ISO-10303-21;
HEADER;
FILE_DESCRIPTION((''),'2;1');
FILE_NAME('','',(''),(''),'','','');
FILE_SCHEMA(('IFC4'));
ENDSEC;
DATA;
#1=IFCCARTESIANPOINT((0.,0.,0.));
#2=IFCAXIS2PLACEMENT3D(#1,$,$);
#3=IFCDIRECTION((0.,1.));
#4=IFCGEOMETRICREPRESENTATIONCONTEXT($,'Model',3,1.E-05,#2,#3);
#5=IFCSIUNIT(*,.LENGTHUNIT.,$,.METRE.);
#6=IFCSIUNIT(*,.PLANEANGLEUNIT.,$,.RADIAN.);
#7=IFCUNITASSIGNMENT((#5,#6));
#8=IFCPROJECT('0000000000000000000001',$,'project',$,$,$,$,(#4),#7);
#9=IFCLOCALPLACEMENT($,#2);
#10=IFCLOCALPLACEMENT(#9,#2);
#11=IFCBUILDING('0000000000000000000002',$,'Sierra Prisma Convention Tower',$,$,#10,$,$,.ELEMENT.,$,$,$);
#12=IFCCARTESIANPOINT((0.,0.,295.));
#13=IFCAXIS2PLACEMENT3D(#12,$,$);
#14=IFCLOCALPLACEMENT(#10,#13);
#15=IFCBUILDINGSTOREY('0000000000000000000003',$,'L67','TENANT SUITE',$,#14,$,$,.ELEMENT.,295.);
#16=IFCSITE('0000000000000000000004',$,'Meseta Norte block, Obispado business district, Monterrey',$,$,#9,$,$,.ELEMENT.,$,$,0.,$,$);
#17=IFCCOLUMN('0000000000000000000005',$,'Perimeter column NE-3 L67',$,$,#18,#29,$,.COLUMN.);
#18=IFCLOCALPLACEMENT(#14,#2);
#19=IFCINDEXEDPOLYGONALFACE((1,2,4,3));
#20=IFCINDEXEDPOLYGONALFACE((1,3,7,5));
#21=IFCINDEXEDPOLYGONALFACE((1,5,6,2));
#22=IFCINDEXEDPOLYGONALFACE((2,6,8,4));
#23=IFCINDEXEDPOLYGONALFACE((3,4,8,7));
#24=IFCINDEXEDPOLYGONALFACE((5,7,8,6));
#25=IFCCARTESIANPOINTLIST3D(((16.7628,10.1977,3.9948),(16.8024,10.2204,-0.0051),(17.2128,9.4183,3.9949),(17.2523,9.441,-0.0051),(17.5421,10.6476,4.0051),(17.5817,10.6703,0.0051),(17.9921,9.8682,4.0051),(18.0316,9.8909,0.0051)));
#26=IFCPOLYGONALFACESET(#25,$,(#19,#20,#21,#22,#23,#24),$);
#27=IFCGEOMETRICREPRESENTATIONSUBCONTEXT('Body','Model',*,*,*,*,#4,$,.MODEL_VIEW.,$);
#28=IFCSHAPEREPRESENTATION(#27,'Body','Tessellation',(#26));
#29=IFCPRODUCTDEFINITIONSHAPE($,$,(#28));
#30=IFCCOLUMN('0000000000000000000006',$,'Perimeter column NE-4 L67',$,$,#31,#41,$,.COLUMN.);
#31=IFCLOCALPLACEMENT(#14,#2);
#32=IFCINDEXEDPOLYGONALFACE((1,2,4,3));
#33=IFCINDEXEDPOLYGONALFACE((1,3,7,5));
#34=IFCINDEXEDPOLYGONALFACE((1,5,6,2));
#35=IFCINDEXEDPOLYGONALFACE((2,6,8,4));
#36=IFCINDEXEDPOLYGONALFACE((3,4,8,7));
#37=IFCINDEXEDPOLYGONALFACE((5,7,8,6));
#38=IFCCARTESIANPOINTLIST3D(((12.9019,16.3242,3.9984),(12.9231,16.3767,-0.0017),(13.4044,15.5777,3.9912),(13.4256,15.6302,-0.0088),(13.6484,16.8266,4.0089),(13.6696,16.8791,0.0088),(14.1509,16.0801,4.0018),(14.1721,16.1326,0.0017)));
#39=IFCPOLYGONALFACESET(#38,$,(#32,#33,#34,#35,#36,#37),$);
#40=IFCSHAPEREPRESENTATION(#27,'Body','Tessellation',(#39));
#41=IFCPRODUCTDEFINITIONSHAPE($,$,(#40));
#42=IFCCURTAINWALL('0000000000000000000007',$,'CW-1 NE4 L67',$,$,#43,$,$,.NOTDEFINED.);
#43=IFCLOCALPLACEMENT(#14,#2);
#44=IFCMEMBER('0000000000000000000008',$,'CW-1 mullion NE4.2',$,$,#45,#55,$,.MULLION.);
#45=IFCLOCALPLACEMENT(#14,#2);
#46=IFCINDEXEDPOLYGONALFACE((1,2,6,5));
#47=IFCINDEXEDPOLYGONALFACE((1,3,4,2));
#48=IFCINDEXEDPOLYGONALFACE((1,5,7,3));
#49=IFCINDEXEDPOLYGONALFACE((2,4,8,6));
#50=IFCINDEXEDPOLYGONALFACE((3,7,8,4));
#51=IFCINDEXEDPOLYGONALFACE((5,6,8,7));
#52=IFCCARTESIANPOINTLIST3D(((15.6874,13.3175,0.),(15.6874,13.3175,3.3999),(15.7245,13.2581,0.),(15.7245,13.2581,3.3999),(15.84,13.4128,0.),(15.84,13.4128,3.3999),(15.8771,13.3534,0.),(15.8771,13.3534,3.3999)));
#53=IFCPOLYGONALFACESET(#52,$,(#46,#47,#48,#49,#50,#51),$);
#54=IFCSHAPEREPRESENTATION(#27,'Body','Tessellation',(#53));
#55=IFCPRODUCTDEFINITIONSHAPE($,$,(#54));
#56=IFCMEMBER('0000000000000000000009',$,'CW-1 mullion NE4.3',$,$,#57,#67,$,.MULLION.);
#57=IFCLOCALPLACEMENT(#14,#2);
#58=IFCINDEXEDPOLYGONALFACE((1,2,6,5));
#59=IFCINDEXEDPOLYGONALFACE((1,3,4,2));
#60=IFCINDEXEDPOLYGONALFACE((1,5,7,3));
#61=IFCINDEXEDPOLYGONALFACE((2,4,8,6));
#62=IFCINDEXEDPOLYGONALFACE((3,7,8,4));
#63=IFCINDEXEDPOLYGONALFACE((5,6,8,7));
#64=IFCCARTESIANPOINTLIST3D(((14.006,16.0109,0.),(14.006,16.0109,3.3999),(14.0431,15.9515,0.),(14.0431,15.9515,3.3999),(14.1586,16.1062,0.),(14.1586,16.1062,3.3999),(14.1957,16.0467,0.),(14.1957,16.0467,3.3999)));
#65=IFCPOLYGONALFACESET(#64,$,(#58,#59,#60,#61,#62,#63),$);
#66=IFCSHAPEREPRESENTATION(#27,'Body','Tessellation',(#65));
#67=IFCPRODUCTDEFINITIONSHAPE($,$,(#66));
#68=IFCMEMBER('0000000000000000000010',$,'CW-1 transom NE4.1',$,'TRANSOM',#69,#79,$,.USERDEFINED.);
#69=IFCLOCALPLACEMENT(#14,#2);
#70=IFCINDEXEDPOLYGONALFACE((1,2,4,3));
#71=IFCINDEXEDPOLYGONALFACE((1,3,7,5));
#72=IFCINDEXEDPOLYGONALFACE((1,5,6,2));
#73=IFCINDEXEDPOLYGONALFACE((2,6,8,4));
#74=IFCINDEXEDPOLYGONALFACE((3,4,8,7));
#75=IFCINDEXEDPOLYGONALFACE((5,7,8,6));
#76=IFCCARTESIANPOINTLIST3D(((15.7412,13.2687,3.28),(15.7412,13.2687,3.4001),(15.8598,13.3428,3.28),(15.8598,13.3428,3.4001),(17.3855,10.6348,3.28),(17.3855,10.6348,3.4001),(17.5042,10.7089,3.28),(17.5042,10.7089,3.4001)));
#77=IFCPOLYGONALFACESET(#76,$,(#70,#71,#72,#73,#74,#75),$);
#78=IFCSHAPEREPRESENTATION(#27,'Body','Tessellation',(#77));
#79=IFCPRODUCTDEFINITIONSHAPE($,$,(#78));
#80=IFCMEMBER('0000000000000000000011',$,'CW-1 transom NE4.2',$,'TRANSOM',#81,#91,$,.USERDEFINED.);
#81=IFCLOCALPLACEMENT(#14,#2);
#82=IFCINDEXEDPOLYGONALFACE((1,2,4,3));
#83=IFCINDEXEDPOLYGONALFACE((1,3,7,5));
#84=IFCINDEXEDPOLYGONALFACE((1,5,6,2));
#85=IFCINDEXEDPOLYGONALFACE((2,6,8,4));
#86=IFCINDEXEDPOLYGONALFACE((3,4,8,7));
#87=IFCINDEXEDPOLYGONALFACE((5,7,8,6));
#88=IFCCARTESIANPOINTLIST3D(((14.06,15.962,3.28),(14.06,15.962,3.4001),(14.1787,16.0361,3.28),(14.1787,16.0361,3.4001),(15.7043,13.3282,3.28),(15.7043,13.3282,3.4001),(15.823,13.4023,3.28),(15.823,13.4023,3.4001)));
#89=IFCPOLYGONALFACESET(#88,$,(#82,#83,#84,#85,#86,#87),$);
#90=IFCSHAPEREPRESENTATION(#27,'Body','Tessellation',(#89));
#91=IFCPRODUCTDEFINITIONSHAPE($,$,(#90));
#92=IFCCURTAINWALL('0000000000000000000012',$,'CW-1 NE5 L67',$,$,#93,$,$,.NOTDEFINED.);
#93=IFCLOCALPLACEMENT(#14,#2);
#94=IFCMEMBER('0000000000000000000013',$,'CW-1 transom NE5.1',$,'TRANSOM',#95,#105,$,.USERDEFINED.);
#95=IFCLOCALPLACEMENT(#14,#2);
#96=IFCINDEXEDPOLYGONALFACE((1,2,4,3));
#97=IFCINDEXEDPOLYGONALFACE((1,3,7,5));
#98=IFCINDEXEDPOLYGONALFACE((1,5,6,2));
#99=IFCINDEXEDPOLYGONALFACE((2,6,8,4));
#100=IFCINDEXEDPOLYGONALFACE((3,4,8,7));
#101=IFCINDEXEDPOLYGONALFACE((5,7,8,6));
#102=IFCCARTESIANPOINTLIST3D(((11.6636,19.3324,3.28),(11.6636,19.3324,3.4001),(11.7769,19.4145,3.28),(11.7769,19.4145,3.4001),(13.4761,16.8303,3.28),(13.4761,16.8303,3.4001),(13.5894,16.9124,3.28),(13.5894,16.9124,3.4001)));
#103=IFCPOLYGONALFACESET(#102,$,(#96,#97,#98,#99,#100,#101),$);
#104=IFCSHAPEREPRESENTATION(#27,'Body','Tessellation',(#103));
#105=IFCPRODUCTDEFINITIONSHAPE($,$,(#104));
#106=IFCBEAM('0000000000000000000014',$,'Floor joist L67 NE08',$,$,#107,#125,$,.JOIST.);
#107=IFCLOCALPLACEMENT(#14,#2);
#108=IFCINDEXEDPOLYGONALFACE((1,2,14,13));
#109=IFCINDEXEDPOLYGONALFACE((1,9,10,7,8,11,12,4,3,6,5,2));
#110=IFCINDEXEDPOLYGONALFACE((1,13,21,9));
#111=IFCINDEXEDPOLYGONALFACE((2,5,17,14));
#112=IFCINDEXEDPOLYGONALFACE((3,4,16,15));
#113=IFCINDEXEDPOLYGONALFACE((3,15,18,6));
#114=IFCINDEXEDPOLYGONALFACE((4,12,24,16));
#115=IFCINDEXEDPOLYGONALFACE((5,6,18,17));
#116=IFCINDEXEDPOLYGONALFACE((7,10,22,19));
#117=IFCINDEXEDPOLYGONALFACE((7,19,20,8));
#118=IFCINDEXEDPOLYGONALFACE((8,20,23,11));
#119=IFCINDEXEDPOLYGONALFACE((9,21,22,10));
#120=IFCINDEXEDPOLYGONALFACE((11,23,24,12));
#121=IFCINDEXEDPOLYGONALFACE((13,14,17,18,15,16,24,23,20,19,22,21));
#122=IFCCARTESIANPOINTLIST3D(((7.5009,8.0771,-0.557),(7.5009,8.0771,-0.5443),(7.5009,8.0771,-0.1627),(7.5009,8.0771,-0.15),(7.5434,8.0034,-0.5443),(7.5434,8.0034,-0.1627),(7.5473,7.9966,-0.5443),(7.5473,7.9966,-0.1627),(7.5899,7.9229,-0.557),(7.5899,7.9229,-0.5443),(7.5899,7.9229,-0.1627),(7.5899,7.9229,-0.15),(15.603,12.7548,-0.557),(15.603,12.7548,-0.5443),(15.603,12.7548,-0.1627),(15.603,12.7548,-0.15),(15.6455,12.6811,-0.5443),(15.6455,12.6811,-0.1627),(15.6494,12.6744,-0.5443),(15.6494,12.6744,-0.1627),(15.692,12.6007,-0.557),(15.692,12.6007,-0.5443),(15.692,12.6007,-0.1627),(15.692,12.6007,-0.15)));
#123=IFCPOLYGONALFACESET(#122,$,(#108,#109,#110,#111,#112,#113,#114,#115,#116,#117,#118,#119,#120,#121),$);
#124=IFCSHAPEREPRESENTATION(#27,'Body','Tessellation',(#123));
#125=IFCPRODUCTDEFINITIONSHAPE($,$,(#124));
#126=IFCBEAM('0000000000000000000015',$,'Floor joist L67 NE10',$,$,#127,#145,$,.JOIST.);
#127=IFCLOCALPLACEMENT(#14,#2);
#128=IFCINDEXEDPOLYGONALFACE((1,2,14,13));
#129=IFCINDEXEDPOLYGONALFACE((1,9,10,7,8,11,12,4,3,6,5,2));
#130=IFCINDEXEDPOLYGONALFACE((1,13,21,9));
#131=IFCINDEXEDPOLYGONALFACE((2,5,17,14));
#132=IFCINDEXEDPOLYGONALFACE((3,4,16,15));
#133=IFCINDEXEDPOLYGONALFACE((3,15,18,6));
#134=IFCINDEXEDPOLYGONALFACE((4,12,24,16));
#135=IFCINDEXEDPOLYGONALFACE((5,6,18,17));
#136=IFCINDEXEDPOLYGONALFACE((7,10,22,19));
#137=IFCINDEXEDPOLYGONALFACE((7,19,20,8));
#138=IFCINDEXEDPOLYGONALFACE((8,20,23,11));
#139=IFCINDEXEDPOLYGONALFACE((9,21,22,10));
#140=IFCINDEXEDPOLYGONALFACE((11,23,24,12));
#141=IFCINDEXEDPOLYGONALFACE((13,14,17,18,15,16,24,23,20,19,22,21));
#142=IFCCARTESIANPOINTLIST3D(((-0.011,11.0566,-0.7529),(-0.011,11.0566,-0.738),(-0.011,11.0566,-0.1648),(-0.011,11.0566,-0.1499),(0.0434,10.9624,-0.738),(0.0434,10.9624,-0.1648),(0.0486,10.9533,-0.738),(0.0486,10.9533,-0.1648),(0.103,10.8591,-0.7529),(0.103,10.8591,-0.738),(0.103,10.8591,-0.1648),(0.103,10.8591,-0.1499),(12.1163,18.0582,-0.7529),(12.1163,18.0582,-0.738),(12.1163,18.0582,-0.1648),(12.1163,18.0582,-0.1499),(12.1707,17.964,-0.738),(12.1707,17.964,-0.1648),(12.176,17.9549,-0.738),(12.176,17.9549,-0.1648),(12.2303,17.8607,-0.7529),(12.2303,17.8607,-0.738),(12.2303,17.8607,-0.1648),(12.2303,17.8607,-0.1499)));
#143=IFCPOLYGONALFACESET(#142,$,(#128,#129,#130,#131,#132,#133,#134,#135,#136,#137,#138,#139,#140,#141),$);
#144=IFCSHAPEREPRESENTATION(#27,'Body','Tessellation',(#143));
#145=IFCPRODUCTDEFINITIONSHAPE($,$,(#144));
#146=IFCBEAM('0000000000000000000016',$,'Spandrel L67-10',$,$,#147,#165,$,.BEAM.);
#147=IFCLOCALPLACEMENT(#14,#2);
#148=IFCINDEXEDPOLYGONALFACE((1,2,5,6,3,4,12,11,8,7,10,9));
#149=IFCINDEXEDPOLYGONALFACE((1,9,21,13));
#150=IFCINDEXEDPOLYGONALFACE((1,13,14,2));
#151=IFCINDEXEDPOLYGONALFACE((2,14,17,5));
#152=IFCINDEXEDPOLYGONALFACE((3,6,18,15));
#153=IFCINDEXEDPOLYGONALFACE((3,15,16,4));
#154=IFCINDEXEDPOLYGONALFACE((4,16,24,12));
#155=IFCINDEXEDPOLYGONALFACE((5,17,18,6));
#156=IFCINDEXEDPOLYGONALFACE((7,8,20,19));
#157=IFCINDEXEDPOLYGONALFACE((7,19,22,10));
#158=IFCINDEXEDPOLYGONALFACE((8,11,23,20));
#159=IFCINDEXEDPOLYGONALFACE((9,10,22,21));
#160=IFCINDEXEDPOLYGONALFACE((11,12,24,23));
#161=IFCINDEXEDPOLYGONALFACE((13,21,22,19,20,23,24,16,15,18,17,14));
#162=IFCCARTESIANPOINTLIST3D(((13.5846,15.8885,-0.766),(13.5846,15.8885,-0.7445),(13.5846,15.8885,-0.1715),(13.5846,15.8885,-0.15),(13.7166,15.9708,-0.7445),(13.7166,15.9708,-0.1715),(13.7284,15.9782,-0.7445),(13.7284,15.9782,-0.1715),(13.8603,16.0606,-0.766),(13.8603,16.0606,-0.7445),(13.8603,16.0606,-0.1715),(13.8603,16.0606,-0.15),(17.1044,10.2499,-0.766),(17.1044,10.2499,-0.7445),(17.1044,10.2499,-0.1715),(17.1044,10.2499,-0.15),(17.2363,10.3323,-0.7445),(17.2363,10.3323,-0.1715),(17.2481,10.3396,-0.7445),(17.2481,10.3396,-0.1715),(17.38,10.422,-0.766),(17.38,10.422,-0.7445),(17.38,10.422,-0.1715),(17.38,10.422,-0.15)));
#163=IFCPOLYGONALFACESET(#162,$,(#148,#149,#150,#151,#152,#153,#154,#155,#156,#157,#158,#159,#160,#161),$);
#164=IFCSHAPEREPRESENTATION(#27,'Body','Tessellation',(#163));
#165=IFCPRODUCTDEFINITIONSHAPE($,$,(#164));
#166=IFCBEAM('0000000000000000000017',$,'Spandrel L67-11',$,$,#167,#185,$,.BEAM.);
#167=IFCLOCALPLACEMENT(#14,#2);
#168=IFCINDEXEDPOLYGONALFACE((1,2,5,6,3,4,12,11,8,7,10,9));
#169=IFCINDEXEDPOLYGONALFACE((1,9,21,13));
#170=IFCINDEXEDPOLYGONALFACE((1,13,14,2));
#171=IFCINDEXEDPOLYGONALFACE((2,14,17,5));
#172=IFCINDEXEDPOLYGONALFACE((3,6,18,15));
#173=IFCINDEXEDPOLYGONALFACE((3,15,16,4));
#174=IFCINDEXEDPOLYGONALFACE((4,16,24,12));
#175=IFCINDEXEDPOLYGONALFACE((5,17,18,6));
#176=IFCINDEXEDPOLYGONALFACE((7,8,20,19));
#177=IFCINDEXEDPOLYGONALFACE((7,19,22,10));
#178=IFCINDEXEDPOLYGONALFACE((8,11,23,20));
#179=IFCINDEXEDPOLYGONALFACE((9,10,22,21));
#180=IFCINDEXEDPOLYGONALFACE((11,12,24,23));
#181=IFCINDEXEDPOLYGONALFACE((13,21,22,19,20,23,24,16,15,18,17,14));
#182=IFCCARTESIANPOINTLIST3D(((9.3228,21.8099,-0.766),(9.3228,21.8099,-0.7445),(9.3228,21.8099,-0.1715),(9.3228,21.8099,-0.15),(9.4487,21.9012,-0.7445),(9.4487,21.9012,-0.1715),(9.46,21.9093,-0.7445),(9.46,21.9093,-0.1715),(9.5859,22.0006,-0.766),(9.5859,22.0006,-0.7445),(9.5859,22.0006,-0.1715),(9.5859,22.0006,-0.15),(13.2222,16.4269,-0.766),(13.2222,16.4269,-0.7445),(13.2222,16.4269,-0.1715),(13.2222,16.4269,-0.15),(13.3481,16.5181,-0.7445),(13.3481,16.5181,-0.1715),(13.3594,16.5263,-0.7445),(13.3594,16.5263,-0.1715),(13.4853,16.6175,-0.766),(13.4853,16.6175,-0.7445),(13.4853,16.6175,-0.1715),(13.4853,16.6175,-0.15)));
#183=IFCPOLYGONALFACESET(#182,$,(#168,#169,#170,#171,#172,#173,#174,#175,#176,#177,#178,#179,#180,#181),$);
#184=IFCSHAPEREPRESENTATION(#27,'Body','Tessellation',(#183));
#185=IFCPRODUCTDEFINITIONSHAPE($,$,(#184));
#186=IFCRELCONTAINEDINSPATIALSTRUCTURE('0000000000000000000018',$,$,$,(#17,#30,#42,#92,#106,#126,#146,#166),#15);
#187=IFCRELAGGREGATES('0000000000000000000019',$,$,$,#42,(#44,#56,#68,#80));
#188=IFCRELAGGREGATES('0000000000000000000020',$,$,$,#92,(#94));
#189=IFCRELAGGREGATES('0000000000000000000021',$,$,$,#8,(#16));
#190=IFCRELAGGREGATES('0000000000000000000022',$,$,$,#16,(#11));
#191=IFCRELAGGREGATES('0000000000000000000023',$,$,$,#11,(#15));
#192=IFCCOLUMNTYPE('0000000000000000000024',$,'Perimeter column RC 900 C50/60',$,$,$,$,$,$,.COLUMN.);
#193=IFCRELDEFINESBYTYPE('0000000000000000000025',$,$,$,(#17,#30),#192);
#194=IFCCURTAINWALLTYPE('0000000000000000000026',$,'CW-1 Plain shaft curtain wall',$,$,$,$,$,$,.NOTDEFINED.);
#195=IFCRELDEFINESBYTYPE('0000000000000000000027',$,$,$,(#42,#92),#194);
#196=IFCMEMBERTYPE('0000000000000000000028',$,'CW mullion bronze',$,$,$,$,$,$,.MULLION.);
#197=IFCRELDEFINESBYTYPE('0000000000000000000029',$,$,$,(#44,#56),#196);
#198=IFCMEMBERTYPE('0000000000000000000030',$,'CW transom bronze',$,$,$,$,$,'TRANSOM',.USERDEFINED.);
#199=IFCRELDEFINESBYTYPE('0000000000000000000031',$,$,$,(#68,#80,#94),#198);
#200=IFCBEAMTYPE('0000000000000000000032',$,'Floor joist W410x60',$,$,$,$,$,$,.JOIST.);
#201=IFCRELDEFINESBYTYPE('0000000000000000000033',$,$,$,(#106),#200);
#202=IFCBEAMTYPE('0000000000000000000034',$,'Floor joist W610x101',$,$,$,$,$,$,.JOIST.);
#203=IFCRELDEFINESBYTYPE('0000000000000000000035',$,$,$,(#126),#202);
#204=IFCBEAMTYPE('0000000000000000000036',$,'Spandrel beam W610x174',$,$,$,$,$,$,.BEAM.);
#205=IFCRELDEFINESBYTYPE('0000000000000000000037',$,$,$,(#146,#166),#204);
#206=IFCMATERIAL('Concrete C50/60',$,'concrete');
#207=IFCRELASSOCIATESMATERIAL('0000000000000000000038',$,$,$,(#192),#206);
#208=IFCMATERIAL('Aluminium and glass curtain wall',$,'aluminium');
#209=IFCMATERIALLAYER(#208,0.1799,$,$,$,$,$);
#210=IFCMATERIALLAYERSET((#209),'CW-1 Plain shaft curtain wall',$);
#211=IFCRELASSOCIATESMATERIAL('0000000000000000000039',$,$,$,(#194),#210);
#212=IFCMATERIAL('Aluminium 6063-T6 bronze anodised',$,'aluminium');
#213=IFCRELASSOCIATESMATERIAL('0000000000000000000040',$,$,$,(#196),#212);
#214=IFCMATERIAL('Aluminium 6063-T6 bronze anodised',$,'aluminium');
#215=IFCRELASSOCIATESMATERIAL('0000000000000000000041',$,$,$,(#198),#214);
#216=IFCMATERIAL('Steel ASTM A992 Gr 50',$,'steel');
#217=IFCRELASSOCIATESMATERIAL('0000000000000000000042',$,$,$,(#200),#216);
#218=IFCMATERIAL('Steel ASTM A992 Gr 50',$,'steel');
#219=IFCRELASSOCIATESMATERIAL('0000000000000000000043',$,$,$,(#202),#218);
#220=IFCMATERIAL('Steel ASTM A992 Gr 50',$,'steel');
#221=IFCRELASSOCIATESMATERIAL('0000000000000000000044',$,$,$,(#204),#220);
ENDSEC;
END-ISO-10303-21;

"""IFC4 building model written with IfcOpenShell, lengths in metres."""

from ifc_helpers import new_model, si_unit, direction, frame, origin, origin_2d, place, context, subcontext, project, spatial, rectangle, i_section, extrude, material, layer, layer_set, material_profile, profile_set, type_object, element, aggregate, save


model = new_model("IFC4")

# Units and contexts
model_context = context("Model", 3, precision=1e-05, world=origin(), true_north=direction((0.0, 1.0)))
body_context = subcontext(model_context, "Body", "Model", "MODEL_VIEW")
ifc_project = project(units=[si_unit("LENGTHUNIT", "METRE"), si_unit("PLANEANGLEUNIT", "RADIAN")], contexts=[model_context])

# Site, building, storey
site_placement = place(None, origin())
site = spatial("IfcSite", under=ifc_project, at=site_placement, Name="Meseta Norte block, Obispado business district, Monterrey", CompositionType="ELEMENT", RefElevation=0.0)
building_placement = place(site_placement, origin())
building = spatial("IfcBuilding", under=site, at=building_placement, Name="Sierra Prisma Convention Tower", CompositionType="ELEMENT")
storey_placement = place(building_placement, frame((0.0, 0.0, 295.0)))
storey = spatial("IfcBuildingStorey", under=building, at=storey_placement, Name="L67", Description="TENANT SUITE", CompositionType="ELEMENT", Elevation=295.0)

# Columns
ifc_material_1 = material(Name="Concrete C50/60", Category="concrete")
ifc_material_profile_1 = material_profile(ifc_material_1, rectangle(XDim=0.8999, YDim=0.8999, at=origin_2d()), Name="Perimeter column RC 900 C50/60")
ifc_profile_set_1 = profile_set([ifc_material_profile_1], Name="Concrete C50/60")
column_type = type_object("IfcColumnType", Name="Perimeter column RC 900 C50/60", PredefinedType="COLUMN", material=ifc_profile_set_1)
column_1_placement = place(storey_placement, frame((17.417, 10.0557, 0.0), z_axis=(-0.009887, -0.005676, 0.999935), x_axis=(-0.499976, 0.86604, -0.000028)))
element("IfcColumn", 1, at=column_1_placement, inside=storey, type_object=column_type, Name="Perimeter column NE-3 L67", PredefinedType="COLUMN", context=body_context, shape_type="SweptSolid", body=[
    extrude(rectangle(XDim=0.8999, YDim=0.8999, at=origin_2d()), origin(), (0.0, 0.0, 1.0), 4.0002),
])
column_2_placement = place(storey_placement, frame((13.5476, 16.2546, 0.0), z_axis=(-0.00531, -0.013121, 0.9999), x_axis=(-0.558403, 0.829532, 0.00792)))
element("IfcColumn", 2, at=column_2_placement, inside=storey, type_object=column_type, Name="Perimeter column NE-4 L67", PredefinedType="COLUMN", context=body_context, shape_type="SweptSolid", body=[
    extrude(rectangle(XDim=0.8999, YDim=0.8999, at=origin_2d()), origin(), (0.0, 0.0, 1.0), 4.0005),
])

# Curtain wall, members
ifc_material_2 = material(Name="Aluminium and glass curtain wall", Category="aluminium")
ifc_layer_1 = layer(ifc_material_2, 0.1799)
ifc_layer_set_1 = layer_set([ifc_layer_1], Name="CW-1 Plain shaft curtain wall")
curtain_wall_type = type_object("IfcCurtainWallType", Name="CW-1 Plain shaft curtain wall", PredefinedType="NOTDEFINED", material=ifc_layer_set_1)
curtain_wall_1_placement = place(storey_placement, origin())
curtain_wall_1 = element("IfcCurtainWall", 3, at=curtain_wall_1_placement, inside=storey, type_object=curtain_wall_type, Name="CW-1 NE4 L67", PredefinedType="NOTDEFINED")
ifc_material_3 = material(Name="Aluminium 6063-T6 bronze anodised", Category="aluminium")
ifc_material_profile_2 = material_profile(ifc_material_3, rectangle(XDim=0.1799, YDim=0.0701, at=origin_2d()), Name="ALU MULLION 70x180")
ifc_profile_set_2 = profile_set([ifc_material_profile_2], Name="Aluminium 6063-T6 bronze anodised")
member_type_1 = type_object("IfcMemberType", Name="CW mullion bronze", PredefinedType="MULLION", material=ifc_profile_set_2)
member_1_placement = place(storey_placement, frame((15.7822, 13.3354, 0.0), z_axis=(0.0, 0.0, 1.0), x_axis=(-0.848298, -0.529519, 0.0)))
member_1 = element("IfcMember", 4, at=member_1_placement, type_object=member_type_1, Name="CW-1 mullion NE4.2", PredefinedType="MULLION", context=body_context, shape_type="SweptSolid", body=[
    extrude(rectangle(XDim=0.1799, YDim=0.0701, at=origin_2d()), origin(), (0.0, 0.0, 1.0), 3.3999),
])
member_2_placement = place(storey_placement, frame((14.1008, 16.0288, 0.0), z_axis=(0.0, 0.0, 1.0), x_axis=(-0.848298, -0.529519, 0.0)))
member_2 = element("IfcMember", 5, at=member_2_placement, type_object=member_type_1, Name="CW-1 mullion NE4.3", PredefinedType="MULLION", context=body_context, shape_type="SweptSolid", body=[
    extrude(rectangle(XDim=0.1799, YDim=0.0701, at=origin_2d()), origin(), (0.0, 0.0, 1.0), 3.3999),
])
ifc_material_4 = material(Name="Aluminium 6063-T6 bronze anodised", Category="aluminium")
ifc_material_profile_3 = material_profile(ifc_material_4, rectangle(XDim=0.1399, YDim=0.1201, at=origin_2d()), Name="ALU TRANSOM 120x140")
ifc_profile_set_3 = profile_set([ifc_material_profile_3], Name="Aluminium 6063-T6 bronze anodised")
member_type_2 = type_object("IfcMemberType", Name="CW transom bronze", ElementType="TRANSOM", PredefinedType="USERDEFINED", material=ifc_profile_set_3)
member_3_placement = place(storey_placement, frame((17.4448, 10.6719, 3.3401), z_axis=(-0.529575, 0.848263, 0.0), x_axis=(-0.848263, -0.529575, 0.0)))
member_3 = element("IfcMember", 6, at=member_3_placement, type_object=member_type_2, Name="CW-1 transom NE4.1", ObjectType="TRANSOM", PredefinedType="USERDEFINED", context=body_context, shape_type="SweptSolid", body=[
    extrude(rectangle(XDim=0.1399, YDim=0.1201, at=origin_2d()), origin(), (0.0, 0.0, 1.0), 3.105),
])
member_4_placement = place(storey_placement, frame((15.7637, 13.3652, 3.3401), z_axis=(-0.529575, 0.848263, 0.0), x_axis=(-0.848263, -0.529575, 0.0)))
member_4 = element("IfcMember", 7, at=member_4_placement, type_object=member_type_2, Name="CW-1 transom NE4.2", ObjectType="TRANSOM", PredefinedType="USERDEFINED", context=body_context, shape_type="SweptSolid", body=[
    extrude(rectangle(XDim=0.1399, YDim=0.1201, at=origin_2d()), origin(), (0.0, 0.0, 1.0), 3.105),
])

# Curtain wall, member
curtain_wall_2_placement = place(storey_placement, origin())
curtain_wall_2 = element("IfcCurtainWall", 8, at=curtain_wall_2_placement, inside=storey, type_object=curtain_wall_type, Name="CW-1 NE5 L67", PredefinedType="NOTDEFINED")
member_5_placement = place(storey_placement, frame((13.5327, 16.8713, 3.3401), z_axis=(-0.58663, 0.809855, 0.0), x_axis=(-0.809855, -0.58663, 0.0)))
member_5 = element("IfcMember", 9, at=member_5_placement, type_object=member_type_2, Name="CW-1 transom NE5.1", ObjectType="TRANSOM", PredefinedType="USERDEFINED", context=body_context, shape_type="SweptSolid", body=[
    extrude(rectangle(XDim=0.1399, YDim=0.1201, at=origin_2d()), origin(), (0.0, 0.0, 1.0), 3.0896),
])

# Beams
ifc_material_5 = material(Name="Steel ASTM A992 Gr 50", Category="steel")
ifc_material_profile_4 = material_profile(ifc_material_5, i_section(OverallWidth=0.178, OverallDepth=0.407, WebThickness=0.0078, FlangeThickness=0.0127, at=origin_2d()), Name="W410x60")
ifc_profile_set_4 = profile_set([ifc_material_profile_4], Name="Steel ASTM A992 Gr 50")
beam_type_1 = type_object("IfcBeamType", Name="Floor joist W410x60", PredefinedType="JOIST", material=ifc_profile_set_4)
beam_1_placement = place(storey_placement, frame((15.6475, 12.6777, -0.3535), z_axis=(-0.866025, -0.500001, 0.0), x_axis=(0.500001, -0.866025, 0.0)))
element("IfcBeam", 10, at=beam_1_placement, inside=storey, type_object=beam_type_1, Name="Floor joist L67 NE08", PredefinedType="JOIST", context=body_context, shape_type="SweptSolid", body=[
    extrude(i_section(OverallWidth=0.178, OverallDepth=0.407, WebThickness=0.0078, FlangeThickness=0.0127, at=origin_2d()), origin(), (0.0, 0.0, 1.0), 9.3555),
])
ifc_material_6 = material(Name="Steel ASTM A992 Gr 50", Category="steel")
ifc_material_profile_5 = material_profile(ifc_material_6, i_section(OverallWidth=0.228, OverallDepth=0.603, WebThickness=0.0105, FlangeThickness=0.0149, at=origin_2d()), Name="W610x101")
ifc_profile_set_5 = profile_set([ifc_material_profile_5], Name="Steel ASTM A992 Gr 50")
beam_type_2 = type_object("IfcBeamType", Name="Floor joist W610x101", PredefinedType="JOIST", material=ifc_profile_set_5)
beam_2_placement = place(storey_placement, frame((12.1733, 17.9595, -0.4514), z_axis=(-0.866028, -0.499996, 0.0), x_axis=(0.499996, -0.866028, 0.0)))
element("IfcBeam", 11, at=beam_2_placement, inside=storey, type_object=beam_type_2, Name="Floor joist L67 NE10", PredefinedType="JOIST", context=body_context, shape_type="SweptSolid", body=[
    extrude(i_section(OverallWidth=0.228, OverallDepth=0.603, WebThickness=0.0105, FlangeThickness=0.0149, at=origin_2d()), origin(), (0.0, 0.0, 1.0), 14.0034),
])
ifc_material_7 = material(Name="Steel ASTM A992 Gr 50", Category="steel")
ifc_material_profile_6 = material_profile(ifc_material_7, i_section(OverallWidth=0.325, OverallDepth=0.616, WebThickness=0.0139, FlangeThickness=0.0215, at=origin_2d()), Name="W610x174")
ifc_profile_set_6 = profile_set([ifc_material_profile_6], Name="Steel ASTM A992 Gr 50")
beam_type_3 = type_object("IfcBeamType", Name="Spandrel beam W610x174", PredefinedType="BEAM", material=ifc_profile_set_6)
for number, where, z_axis, x_axis, name in (
    (12, (17.2422, 10.3359, -0.458), (-0.529523, 0.848295, 0.0), (-0.848295, -0.529523, 0.0), "Spandrel L67-10"),
    (13, (13.3538, 16.5222, -0.458), (-0.586642, 0.809846, 0.0), (-0.809846, -0.586642, 0.0), "Spandrel L67-11"),
):
    element("IfcBeam", number, at=place(storey_placement, frame(where, z_axis=z_axis, x_axis=x_axis)), inside=storey, type_object=beam_type_3, Name=name, PredefinedType="BEAM", context=body_context, shape_type="SweptSolid", body=[
        extrude(i_section(OverallWidth=0.325, OverallDepth=0.616, WebThickness=0.0139, FlangeThickness=0.0215, at=origin_2d()), origin(), (0.0, 0.0, 1.0), 6.647),
    ])

aggregate(curtain_wall_1, [member_1, member_2, member_3, member_4])
aggregate(curtain_wall_2, [member_5])

save(model, "model.ifc")
